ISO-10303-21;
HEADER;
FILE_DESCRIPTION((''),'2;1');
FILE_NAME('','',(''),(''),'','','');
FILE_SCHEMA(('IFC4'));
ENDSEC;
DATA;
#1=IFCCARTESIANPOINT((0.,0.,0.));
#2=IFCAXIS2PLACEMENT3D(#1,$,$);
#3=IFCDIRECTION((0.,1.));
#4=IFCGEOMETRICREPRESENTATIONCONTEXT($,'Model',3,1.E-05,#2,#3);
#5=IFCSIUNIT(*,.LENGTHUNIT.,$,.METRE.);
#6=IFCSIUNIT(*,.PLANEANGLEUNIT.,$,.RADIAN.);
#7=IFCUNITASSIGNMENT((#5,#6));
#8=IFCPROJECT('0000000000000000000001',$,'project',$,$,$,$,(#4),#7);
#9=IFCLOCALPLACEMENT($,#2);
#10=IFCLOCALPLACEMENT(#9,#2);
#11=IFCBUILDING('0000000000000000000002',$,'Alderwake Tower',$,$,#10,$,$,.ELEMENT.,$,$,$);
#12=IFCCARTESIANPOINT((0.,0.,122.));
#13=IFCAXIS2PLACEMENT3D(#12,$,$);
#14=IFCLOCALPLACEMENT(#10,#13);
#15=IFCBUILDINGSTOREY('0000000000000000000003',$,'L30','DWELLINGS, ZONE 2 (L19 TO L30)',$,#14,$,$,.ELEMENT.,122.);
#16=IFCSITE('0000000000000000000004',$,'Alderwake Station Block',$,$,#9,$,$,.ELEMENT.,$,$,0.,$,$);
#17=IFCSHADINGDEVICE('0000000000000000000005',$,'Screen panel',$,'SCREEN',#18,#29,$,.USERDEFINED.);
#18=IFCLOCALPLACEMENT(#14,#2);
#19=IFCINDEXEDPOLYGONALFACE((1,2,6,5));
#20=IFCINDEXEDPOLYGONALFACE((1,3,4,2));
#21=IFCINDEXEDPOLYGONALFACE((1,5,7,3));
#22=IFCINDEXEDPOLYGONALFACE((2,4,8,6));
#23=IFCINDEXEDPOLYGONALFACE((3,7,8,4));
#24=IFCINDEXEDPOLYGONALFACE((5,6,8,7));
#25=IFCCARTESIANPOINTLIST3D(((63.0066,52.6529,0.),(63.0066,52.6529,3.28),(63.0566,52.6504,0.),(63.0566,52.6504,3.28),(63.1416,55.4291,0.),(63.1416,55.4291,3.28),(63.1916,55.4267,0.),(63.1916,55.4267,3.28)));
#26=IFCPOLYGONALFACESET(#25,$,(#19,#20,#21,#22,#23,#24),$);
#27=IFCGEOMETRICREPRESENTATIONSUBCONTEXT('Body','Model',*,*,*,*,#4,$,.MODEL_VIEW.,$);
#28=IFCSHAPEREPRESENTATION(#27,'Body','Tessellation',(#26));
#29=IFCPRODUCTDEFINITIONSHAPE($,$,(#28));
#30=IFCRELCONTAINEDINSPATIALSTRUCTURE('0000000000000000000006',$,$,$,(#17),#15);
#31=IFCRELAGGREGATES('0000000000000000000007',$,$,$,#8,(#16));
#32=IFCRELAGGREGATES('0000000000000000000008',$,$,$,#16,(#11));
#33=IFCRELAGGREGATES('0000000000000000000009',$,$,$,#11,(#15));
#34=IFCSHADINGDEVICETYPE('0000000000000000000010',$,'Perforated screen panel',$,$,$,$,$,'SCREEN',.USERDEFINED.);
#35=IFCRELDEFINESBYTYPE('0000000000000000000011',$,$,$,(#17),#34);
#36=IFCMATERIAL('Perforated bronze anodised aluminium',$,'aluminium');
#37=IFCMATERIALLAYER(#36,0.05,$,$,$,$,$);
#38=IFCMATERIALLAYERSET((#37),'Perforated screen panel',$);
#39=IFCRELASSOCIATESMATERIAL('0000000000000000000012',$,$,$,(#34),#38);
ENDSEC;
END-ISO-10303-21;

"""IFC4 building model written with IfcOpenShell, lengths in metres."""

from ifc_helpers import new_model, si_unit, direction, frame, origin, origin_2d, place, context, subcontext, project, spatial, rectangle, extrude, material, layer, layer_set, type_object, element, save


model = new_model("IFC4")

# Units and contexts
model_context = context("Model", 3, precision=1e-05, world=origin(), true_north=direction((0.0, 1.0)))
body_context = subcontext(model_context, "Body", "Model", "MODEL_VIEW")
ifc_project = project(units=[si_unit("LENGTHUNIT", "METRE"), si_unit("PLANEANGLEUNIT", "RADIAN")], contexts=[model_context])

# Site, building, storey
site_placement = place(None, origin())
site = spatial("IfcSite", under=ifc_project, at=site_placement, Name="Alderwake Station Block", CompositionType="ELEMENT", RefElevation=0.0)
building_placement = place(site_placement, origin())
building = spatial("IfcBuilding", under=site, at=building_placement, Name="Alderwake Tower", CompositionType="ELEMENT")
storey_placement = place(building_placement, frame((0.0, 0.0, 122.0)))
storey = spatial("IfcBuildingStorey", under=building, at=storey_placement, Name="L30", Description="DWELLINGS, ZONE 2 (L19 TO L30)", CompositionType="ELEMENT", Elevation=122.0)

# Shading device
ifc_material_1 = material(Name="Perforated bronze anodised aluminium", Category="aluminium")
ifc_layer_1 = layer(ifc_material_1, 0.05)
ifc_layer_set_1 = layer_set([ifc_layer_1], Name="Perforated screen panel")
shading_device_type_1 = type_object("IfcShadingDeviceType", Name="Perforated screen panel", ElementType="SCREEN", PredefinedType="USERDEFINED", material=ifc_layer_set_1)
shading_device_placement = place(storey_placement, frame((63.0991, 54.0398, 0.0), z_axis=(0.0, 0.0, 1.0), x_axis=(0.998819, -0.048581, 0.0)))
element("IfcShadingDevice", 1, at=shading_device_placement, inside=storey, type_object=shading_device_type_1, Name="Screen panel", ObjectType="SCREEN", PredefinedType="USERDEFINED", context=body_context, shape_type="SweptSolid", body=[
    extrude(rectangle(XDim=0.05, YDim=2.7795, at=origin_2d()), origin(), (0.0, 0.0, 1.0), 3.28),
])

save(model, "model.ifc")
